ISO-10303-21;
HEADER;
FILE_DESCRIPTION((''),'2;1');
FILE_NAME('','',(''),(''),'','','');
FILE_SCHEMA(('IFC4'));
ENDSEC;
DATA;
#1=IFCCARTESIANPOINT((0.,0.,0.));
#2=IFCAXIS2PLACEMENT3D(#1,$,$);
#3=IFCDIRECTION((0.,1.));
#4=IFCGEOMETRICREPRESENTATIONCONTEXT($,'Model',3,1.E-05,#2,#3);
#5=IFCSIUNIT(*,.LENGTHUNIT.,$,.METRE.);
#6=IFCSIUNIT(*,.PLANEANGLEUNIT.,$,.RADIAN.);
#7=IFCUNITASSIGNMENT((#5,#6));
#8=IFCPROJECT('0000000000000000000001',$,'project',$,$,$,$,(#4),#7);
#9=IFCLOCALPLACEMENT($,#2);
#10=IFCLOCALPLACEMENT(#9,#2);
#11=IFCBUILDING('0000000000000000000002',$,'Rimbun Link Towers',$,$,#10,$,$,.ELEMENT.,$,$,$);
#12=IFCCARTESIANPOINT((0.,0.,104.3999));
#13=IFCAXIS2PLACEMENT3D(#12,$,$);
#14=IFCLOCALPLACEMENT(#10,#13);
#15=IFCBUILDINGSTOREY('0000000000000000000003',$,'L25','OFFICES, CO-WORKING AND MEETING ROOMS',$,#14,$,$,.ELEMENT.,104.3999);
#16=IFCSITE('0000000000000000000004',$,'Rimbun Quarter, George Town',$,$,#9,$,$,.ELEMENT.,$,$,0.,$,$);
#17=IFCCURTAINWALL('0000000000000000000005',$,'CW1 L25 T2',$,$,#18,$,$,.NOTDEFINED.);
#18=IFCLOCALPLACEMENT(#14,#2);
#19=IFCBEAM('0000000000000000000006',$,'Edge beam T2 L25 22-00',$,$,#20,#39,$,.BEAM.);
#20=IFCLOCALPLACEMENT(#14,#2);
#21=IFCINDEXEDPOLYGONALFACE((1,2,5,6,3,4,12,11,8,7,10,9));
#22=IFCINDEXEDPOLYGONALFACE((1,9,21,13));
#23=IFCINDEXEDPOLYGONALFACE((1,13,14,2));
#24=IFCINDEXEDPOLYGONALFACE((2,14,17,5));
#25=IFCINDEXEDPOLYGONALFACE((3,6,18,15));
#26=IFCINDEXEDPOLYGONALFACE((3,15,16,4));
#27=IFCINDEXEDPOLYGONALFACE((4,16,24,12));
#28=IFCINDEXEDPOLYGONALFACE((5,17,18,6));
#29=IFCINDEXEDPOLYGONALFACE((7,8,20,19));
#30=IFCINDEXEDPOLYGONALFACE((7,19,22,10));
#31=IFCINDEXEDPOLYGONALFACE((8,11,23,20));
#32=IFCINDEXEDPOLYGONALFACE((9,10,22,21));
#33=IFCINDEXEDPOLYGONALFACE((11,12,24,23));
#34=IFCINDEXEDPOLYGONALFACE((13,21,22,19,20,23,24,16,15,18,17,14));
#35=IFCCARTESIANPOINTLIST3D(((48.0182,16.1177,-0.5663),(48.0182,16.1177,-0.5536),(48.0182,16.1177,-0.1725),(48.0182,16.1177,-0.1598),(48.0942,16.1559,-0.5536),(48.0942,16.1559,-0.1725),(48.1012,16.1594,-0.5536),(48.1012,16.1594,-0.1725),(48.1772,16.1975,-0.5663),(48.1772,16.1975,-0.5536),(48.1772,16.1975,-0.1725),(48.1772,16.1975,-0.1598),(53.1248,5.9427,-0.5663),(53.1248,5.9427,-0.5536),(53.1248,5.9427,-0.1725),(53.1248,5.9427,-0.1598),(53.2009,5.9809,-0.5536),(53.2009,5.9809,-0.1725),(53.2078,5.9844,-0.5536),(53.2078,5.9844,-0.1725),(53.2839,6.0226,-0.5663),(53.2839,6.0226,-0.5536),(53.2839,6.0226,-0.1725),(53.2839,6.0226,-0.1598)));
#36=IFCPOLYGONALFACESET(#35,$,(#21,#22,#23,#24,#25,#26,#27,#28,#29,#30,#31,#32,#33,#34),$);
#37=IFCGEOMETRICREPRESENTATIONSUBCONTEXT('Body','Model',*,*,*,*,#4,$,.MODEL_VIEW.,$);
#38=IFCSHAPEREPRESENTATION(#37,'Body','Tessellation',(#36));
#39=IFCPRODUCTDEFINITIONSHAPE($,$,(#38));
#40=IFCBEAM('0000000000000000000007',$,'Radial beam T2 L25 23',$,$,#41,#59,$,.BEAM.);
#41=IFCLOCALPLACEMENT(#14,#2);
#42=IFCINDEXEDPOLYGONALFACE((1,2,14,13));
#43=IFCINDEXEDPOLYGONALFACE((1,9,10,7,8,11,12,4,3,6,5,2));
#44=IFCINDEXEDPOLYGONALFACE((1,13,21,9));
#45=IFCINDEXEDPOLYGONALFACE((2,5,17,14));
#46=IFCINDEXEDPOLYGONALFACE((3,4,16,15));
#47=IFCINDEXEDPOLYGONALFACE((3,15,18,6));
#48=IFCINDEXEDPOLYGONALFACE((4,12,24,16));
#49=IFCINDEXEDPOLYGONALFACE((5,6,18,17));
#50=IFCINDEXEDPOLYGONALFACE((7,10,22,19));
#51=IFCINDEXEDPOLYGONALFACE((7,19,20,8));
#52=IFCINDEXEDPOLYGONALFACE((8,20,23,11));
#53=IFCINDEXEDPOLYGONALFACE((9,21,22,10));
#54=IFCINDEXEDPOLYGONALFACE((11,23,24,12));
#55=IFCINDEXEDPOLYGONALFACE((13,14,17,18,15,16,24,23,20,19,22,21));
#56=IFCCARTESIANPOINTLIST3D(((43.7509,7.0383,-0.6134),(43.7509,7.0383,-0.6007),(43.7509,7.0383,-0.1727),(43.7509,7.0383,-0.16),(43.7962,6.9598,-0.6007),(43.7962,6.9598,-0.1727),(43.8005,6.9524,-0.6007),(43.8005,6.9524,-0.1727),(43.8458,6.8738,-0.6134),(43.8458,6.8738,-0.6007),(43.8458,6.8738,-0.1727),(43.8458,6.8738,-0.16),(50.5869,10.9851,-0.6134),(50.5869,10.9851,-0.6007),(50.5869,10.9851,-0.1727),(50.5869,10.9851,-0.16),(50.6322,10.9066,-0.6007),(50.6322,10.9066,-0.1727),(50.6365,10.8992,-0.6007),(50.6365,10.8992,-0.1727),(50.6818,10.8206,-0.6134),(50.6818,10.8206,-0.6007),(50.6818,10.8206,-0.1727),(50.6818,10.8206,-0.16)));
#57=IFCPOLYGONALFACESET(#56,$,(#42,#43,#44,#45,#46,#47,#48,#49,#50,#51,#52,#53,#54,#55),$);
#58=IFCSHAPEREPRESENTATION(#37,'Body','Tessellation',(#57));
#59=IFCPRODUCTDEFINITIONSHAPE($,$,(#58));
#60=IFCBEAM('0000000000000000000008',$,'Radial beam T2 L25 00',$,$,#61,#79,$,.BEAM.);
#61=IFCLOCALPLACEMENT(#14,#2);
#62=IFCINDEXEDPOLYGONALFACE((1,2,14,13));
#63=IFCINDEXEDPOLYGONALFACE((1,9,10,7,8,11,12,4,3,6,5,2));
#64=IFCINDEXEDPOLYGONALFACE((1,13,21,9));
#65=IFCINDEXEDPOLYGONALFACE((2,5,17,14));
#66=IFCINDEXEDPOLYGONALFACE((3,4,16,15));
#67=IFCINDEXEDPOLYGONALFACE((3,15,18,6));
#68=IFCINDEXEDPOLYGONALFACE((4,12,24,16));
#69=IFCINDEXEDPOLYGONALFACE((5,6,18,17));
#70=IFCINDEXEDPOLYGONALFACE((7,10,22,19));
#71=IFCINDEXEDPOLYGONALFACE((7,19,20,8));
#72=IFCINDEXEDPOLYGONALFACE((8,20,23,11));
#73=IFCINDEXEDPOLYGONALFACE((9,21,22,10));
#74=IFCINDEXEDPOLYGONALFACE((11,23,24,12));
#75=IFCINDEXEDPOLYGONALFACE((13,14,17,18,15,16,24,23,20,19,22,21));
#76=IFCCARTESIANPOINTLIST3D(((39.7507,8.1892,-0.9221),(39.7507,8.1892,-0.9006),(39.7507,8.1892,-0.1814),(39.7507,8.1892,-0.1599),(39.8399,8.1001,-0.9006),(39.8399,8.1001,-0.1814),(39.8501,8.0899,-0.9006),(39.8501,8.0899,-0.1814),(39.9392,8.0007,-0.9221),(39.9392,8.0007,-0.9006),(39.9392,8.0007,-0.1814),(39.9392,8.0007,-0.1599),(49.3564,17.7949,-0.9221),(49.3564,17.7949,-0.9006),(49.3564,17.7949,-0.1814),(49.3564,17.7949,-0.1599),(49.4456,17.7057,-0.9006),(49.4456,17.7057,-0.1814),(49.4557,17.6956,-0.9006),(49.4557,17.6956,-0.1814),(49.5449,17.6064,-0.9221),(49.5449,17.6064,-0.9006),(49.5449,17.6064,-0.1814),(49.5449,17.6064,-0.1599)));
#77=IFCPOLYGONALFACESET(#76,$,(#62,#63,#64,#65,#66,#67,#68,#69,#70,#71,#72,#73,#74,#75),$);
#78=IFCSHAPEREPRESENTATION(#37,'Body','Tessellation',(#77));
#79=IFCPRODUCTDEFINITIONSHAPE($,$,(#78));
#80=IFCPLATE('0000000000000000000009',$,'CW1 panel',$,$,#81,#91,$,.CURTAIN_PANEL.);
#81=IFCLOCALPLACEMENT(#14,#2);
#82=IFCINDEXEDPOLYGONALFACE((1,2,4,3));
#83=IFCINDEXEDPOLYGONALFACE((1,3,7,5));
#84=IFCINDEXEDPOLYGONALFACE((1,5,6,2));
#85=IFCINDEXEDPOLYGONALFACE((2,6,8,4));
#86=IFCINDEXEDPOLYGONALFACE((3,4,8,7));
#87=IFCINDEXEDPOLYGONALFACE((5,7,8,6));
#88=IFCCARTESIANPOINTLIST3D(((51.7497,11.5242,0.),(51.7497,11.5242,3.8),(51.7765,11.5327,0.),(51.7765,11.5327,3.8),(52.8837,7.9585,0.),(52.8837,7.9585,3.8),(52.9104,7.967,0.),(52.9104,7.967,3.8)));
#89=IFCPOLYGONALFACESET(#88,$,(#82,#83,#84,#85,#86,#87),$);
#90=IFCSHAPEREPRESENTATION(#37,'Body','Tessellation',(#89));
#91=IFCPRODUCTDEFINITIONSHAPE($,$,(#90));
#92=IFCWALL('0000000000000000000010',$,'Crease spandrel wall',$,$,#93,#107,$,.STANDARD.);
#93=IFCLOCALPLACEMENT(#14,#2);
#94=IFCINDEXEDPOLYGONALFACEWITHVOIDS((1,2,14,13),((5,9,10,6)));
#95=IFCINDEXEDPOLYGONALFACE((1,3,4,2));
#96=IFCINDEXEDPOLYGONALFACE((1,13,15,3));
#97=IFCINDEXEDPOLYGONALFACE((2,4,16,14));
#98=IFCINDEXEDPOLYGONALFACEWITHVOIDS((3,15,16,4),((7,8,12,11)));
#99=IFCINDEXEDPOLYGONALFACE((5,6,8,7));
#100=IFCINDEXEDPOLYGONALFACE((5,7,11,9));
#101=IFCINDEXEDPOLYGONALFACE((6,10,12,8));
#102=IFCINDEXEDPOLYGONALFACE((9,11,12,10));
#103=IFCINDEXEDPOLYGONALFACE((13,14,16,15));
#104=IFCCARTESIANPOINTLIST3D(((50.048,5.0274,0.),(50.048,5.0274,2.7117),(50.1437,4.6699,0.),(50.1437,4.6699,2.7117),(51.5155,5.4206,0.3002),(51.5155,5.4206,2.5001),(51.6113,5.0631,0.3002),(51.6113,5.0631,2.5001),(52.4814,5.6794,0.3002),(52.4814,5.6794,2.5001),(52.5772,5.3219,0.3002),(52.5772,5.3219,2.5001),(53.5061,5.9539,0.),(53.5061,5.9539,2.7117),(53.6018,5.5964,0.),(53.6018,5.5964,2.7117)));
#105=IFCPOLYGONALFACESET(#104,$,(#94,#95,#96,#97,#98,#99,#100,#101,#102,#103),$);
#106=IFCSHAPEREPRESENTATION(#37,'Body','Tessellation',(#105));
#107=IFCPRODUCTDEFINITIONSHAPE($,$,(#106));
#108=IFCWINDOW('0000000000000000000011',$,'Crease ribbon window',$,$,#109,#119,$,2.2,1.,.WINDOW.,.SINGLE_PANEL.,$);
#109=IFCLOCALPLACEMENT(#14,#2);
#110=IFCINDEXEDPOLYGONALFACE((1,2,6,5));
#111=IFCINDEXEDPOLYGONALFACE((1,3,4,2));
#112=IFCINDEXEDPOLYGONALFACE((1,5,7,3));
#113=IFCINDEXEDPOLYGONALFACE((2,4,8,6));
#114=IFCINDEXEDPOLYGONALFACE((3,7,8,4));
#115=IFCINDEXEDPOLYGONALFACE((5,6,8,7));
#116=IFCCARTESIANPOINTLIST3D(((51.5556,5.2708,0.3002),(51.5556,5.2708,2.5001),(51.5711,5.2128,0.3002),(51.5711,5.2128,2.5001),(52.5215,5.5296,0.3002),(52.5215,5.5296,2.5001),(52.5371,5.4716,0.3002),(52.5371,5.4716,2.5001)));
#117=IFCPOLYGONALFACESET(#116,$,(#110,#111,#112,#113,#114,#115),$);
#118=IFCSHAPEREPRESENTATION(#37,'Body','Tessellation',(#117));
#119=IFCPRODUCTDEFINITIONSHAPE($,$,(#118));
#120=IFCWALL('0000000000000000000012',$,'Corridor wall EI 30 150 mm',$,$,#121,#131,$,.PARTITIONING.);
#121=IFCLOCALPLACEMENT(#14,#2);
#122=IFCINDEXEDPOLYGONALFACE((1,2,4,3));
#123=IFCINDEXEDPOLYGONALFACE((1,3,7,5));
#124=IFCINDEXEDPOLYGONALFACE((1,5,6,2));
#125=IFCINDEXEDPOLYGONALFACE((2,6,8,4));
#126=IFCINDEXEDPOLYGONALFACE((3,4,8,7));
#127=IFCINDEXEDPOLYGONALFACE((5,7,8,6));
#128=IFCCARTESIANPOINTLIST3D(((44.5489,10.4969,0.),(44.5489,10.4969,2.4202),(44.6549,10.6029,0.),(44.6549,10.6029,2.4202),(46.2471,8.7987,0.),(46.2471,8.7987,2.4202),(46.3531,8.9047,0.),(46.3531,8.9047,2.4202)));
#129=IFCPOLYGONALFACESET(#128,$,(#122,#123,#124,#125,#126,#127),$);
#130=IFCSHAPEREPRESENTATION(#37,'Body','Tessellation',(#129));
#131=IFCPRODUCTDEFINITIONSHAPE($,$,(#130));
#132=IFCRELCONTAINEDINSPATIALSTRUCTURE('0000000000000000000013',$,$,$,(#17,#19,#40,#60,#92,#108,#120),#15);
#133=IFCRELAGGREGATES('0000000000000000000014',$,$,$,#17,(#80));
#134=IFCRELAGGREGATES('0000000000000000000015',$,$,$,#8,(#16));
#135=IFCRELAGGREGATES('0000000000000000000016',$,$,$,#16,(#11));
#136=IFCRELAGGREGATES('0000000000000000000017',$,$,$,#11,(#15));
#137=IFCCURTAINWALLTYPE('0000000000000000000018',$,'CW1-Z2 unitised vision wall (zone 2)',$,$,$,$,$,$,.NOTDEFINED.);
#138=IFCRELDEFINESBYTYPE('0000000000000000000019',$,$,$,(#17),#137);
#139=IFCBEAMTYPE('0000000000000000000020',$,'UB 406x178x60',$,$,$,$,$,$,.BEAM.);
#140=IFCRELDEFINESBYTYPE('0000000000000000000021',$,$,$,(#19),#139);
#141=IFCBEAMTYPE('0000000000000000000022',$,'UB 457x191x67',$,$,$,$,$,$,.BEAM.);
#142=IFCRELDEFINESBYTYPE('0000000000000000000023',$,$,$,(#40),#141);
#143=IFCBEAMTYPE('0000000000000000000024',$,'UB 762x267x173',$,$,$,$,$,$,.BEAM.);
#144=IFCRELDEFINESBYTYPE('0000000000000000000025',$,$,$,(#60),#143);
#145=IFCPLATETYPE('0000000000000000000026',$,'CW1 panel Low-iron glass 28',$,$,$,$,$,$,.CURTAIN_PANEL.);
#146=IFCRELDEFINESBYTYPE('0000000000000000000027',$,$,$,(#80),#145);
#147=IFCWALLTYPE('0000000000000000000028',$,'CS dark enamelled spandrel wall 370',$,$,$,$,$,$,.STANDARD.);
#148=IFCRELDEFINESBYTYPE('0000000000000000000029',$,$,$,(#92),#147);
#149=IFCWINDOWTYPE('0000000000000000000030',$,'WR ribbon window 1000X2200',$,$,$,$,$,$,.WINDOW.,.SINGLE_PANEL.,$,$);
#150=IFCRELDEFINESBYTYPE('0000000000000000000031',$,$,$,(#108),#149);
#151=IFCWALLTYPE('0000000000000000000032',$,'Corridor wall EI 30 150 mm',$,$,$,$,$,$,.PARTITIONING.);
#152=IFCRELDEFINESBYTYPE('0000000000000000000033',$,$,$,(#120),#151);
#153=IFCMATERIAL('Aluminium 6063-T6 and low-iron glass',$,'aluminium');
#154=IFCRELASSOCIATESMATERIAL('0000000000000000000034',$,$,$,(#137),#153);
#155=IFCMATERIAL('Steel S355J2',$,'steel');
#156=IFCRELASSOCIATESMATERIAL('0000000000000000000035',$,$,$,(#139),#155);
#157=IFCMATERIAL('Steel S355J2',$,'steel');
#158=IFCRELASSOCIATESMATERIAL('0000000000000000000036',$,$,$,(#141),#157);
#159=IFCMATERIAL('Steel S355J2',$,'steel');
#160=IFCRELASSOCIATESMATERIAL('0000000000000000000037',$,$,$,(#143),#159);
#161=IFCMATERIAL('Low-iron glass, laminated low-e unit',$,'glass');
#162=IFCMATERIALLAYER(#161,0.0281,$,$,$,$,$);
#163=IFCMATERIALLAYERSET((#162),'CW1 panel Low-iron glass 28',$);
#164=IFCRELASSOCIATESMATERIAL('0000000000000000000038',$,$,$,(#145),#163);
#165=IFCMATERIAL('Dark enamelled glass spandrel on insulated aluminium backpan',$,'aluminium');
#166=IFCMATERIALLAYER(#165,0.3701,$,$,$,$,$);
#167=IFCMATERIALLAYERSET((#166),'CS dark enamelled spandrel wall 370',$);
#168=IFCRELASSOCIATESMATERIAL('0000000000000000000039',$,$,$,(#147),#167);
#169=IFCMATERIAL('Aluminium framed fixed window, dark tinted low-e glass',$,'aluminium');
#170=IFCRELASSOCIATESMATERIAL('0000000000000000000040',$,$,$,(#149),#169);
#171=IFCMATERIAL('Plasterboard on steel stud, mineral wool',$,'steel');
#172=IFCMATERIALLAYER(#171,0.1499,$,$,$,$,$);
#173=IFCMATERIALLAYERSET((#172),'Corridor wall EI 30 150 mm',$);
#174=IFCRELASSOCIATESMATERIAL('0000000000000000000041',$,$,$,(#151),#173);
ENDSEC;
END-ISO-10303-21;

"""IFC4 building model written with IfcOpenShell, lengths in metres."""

from ifc_helpers import new_model, si_unit, direction, frame, frame_2d, origin, origin_2d, place, context, subcontext, project, spatial, rectangle, i_section, extrude, material, layer, layer_set, material_profile, profile_set, type_object, element, fill, aggregate, save


model = new_model("IFC4")

# Units and contexts
model_context = context("Model", 3, precision=1e-05, world=origin(), true_north=direction((0.0, 1.0)))
body_context = subcontext(model_context, "Body", "Model", "MODEL_VIEW")
ifc_project = project(units=[si_unit("LENGTHUNIT", "METRE"), si_unit("PLANEANGLEUNIT", "RADIAN")], contexts=[model_context])

# Site, building, storey
site_placement = place(None, origin())
site = spatial("IfcSite", under=ifc_project, at=site_placement, Name="Rimbun Quarter, George Town", CompositionType="ELEMENT", RefElevation=0.0)
building_placement = place(site_placement, origin())
building = spatial("IfcBuilding", under=site, at=building_placement, Name="Rimbun Link Towers", CompositionType="ELEMENT")
storey_placement = place(building_placement, frame((0.0, 0.0, 104.3999)))
storey = spatial("IfcBuildingStorey", under=building, at=storey_placement, Name="L25", Description="OFFICES, CO-WORKING AND MEETING ROOMS", CompositionType="ELEMENT", Elevation=104.3999)

# Curtain wall
ifc_material_1 = material(Name="Aluminium 6063-T6 and low-iron glass", Category="aluminium")
curtain_wall_type = type_object("IfcCurtainWallType", Name="CW1-Z2 unitised vision wall (zone 2)", PredefinedType="NOTDEFINED", material=ifc_material_1)
curtain_wall_placement = place(storey_placement, origin())
curtain_wall = element("IfcCurtainWall", 1, at=curtain_wall_placement, inside=storey, type_object=curtain_wall_type, Name="CW1 L25 T2", PredefinedType="NOTDEFINED")

# Beams
ifc_material_2 = material(Name="Steel S355J2", Category="steel")
ifc_material_profile_1 = material_profile(ifc_material_2, i_section(OverallWidth=0.178, OverallDepth=0.4065, WebThickness=0.0078, FlangeThickness=0.0127, at=origin_2d()), Name="UB 406x178x60")
ifc_profile_set_1 = profile_set([ifc_material_profile_1], Name="Steel S355J2")
beam_type_1 = type_object("IfcBeamType", Name="UB 406x178x60", PredefinedType="BEAM", material=ifc_profile_set_1)
beam_1_placement = place(storey_placement, frame((53.2043, 5.9827, -0.363), z_axis=(-0.44856, 0.893753, 0.0), x_axis=(-0.893753, -0.44856, 0.0)))
element("IfcBeam", 2, at=beam_1_placement, inside=storey, type_object=beam_type_1, Name="Edge beam T2 L25 22-00", PredefinedType="BEAM", context=body_context, shape_type="SweptSolid", body=[
    extrude(i_section(OverallWidth=0.178, OverallDepth=0.4065, WebThickness=0.0078, FlangeThickness=0.0127, at=origin_2d()), origin(), (0.0, 0.0, 1.0), 11.3845),
])
ifc_material_3 = material(Name="Steel S355J2", Category="steel")
ifc_material_profile_2 = material_profile(ifc_material_3, i_section(OverallWidth=0.1899, OverallDepth=0.4534, WebThickness=0.0085, FlangeThickness=0.0127, at=origin_2d()), Name="UB 457x191x67")
ifc_profile_set_2 = profile_set([ifc_material_profile_2], Name="Steel S355J2")
beam_type_2 = type_object("IfcBeamType", Name="UB 457x191x67", PredefinedType="BEAM", material=ifc_profile_set_2)
beam_2_placement = place(storey_placement, frame((43.7983, 6.9561, -0.3867), z_axis=(0.866023, 0.500004, 0.0), x_axis=(-0.500004, 0.866023, 0.0)))
element("IfcBeam", 3, at=beam_2_placement, inside=storey, type_object=beam_type_2, Name="Radial beam T2 L25 23", PredefinedType="BEAM", context=body_context, shape_type="SweptSolid", body=[
    extrude(i_section(OverallWidth=0.1899, OverallDepth=0.4534, WebThickness=0.0085, FlangeThickness=0.0127, at=origin_2d()), origin(), (0.0, 0.0, 1.0), 7.8936),
])
ifc_material_4 = material(Name="Steel S355J2", Category="steel")
ifc_material_profile_3 = material_profile(ifc_material_4, i_section(OverallWidth=0.2666, OverallDepth=0.7622, WebThickness=0.0144, FlangeThickness=0.0215, at=origin_2d()), Name="UB 762x267x173")
ifc_profile_set_3 = profile_set([ifc_material_profile_3], Name="Steel S355J2")
beam_type_3 = type_object("IfcBeamType", Name="UB 762x267x173", PredefinedType="BEAM", material=ifc_profile_set_3)
beam_3_placement = place(storey_placement, frame((39.845, 8.095, -0.541), z_axis=(0.707107, 0.707107, 0.0), x_axis=(-0.707107, 0.707107, 0.0)))
element("IfcBeam", 4, at=beam_3_placement, inside=storey, type_object=beam_type_3, Name="Radial beam T2 L25 00", PredefinedType="BEAM", context=body_context, shape_type="SweptSolid", body=[
    extrude(i_section(OverallWidth=0.2666, OverallDepth=0.7622, WebThickness=0.0144, FlangeThickness=0.0215, at=origin_2d()), origin(), (0.0, 0.0, 1.0), 13.5845),
])

# Plate
ifc_material_5 = material(Name="Low-iron glass, laminated low-e unit", Category="glass")
ifc_layer_1 = layer(ifc_material_5, 0.0281)
ifc_layer_set_1 = layer_set([ifc_layer_1], Name="CW1 panel Low-iron glass 28")
plate_type = type_object("IfcPlateType", Name="CW1 panel Low-iron glass 28", PredefinedType="CURTAIN_PANEL", material=ifc_layer_set_1)
plate_placement = place(storey_placement, frame((52.3301, 9.7456, 0.0), z_axis=(0.0, 0.0, 1.0), x_axis=(0.303057, -0.952972, 0.0)))
plate = element("IfcPlate", 5, at=plate_placement, type_object=plate_type, Name="CW1 panel", PredefinedType="CURTAIN_PANEL", context=body_context, shape_type="SweptSolid", body=[
    extrude(rectangle(XDim=3.7417, YDim=0.0281, at=origin_2d()), origin(), (0.0, 0.0, 1.0), 3.8),
])
aggregate(curtain_wall, [plate])

# Wall, opening, window
ifc_material_6 = material(Name="Dark enamelled glass spandrel on insulated aluminium backpan", Category="aluminium")
ifc_layer_2 = layer(ifc_material_6, 0.3701)
ifc_layer_set_2 = layer_set([ifc_layer_2], Name="CS dark enamelled spandrel wall 370")
wall_type_1 = type_object("IfcWallType", Name="CS dark enamelled spandrel wall 370", PredefinedType="STANDARD", material=ifc_layer_set_2)
wall_1_placement = place(storey_placement, frame((53.554, 5.7751, 0.0), z_axis=(0.0, 0.0, 1.0), x_axis=(-0.96593, -0.258804, 0.0)))
wall_1 = element("IfcWall", 6, at=wall_1_placement, inside=storey, type_object=wall_type_1, Name="Crease spandrel wall", PredefinedType="STANDARD", context=body_context, shape_type="SweptSolid", body=[
    extrude(rectangle(XDim=3.5801, YDim=0.3701, at=frame_2d((1.79, 0.0))), origin(), (0.0, 0.0, 1.0), 2.7117),
])
opening_1_placement = place(wall_1_placement, frame((1.0608, 0.0, 0.3)))
opening_1 = element("IfcOpeningElement", 7, at=opening_1_placement, cuts=wall_1, PredefinedType="OPENING", context=body_context, shape_type="SweptSolid", body=[
    extrude(rectangle(XDim=1.0, YDim=2.2, at=frame_2d((0.5, 1.1001))), frame((0.0, 0.1951, 0.0), z_axis=(0.0, -1.0, 0.0), x_axis=(1.0, 0.0, 0.0)), (0.0, 0.0, 1.0), 0.3901),
])
ifc_material_7 = material(Name="Aluminium framed fixed window, dark tinted low-e glass", Category="aluminium")
window_type_1 = type_object("IfcWindowType", Name="WR ribbon window 1000X2200", PartitioningType="SINGLE_PANEL", PredefinedType="WINDOW", material=ifc_material_7)
window_1_placement = place(opening_1_placement, origin())
window_1 = element("IfcWindow", 8, at=window_1_placement, inside=storey, type_object=window_type_1, Name="Crease ribbon window", OverallHeight=2.2, OverallWidth=1.0, PartitioningType="SINGLE_PANEL", PredefinedType="WINDOW", context=body_context, shape_type="SweptSolid", body=[
    extrude(rectangle(XDim=1.0, YDim=2.2, at=frame_2d((0.5, 1.1001))), frame((0.0, 0.03, 0.0), z_axis=(0.0, -1.0, 0.0), x_axis=(1.0, 0.0, 0.0)), (0.0, 0.0, 1.0), 0.0601),
])
fill(opening_1, window_1)

# Wall
ifc_material_8 = material(Name="Plasterboard on steel stud, mineral wool", Category="steel")
ifc_layer_3 = layer(ifc_material_8, 0.1499)
ifc_layer_set_3 = layer_set([ifc_layer_3], Name="Corridor wall EI 30 150 mm")
wall_type_2 = type_object("IfcWallType", Name="Corridor wall EI 30 150 mm", PredefinedType="PARTITIONING", material=ifc_layer_set_3)
wall_2_placement = place(storey_placement, frame((46.3, 8.8518, 0.0), z_axis=(0.0, 0.0, 1.0), x_axis=(-0.707107, 0.707107, 0.0)))
element("IfcWall", 9, at=wall_2_placement, inside=storey, type_object=wall_type_2, Name="Corridor wall EI 30 150 mm", PredefinedType="PARTITIONING", context=body_context, shape_type="SweptSolid", body=[
    extrude(rectangle(XDim=2.4016, YDim=0.1499, at=frame_2d((1.2007, 0.0))), origin(), (0.0, 0.0, 1.0), 2.4202),
])

save(model, "model.ifc")
